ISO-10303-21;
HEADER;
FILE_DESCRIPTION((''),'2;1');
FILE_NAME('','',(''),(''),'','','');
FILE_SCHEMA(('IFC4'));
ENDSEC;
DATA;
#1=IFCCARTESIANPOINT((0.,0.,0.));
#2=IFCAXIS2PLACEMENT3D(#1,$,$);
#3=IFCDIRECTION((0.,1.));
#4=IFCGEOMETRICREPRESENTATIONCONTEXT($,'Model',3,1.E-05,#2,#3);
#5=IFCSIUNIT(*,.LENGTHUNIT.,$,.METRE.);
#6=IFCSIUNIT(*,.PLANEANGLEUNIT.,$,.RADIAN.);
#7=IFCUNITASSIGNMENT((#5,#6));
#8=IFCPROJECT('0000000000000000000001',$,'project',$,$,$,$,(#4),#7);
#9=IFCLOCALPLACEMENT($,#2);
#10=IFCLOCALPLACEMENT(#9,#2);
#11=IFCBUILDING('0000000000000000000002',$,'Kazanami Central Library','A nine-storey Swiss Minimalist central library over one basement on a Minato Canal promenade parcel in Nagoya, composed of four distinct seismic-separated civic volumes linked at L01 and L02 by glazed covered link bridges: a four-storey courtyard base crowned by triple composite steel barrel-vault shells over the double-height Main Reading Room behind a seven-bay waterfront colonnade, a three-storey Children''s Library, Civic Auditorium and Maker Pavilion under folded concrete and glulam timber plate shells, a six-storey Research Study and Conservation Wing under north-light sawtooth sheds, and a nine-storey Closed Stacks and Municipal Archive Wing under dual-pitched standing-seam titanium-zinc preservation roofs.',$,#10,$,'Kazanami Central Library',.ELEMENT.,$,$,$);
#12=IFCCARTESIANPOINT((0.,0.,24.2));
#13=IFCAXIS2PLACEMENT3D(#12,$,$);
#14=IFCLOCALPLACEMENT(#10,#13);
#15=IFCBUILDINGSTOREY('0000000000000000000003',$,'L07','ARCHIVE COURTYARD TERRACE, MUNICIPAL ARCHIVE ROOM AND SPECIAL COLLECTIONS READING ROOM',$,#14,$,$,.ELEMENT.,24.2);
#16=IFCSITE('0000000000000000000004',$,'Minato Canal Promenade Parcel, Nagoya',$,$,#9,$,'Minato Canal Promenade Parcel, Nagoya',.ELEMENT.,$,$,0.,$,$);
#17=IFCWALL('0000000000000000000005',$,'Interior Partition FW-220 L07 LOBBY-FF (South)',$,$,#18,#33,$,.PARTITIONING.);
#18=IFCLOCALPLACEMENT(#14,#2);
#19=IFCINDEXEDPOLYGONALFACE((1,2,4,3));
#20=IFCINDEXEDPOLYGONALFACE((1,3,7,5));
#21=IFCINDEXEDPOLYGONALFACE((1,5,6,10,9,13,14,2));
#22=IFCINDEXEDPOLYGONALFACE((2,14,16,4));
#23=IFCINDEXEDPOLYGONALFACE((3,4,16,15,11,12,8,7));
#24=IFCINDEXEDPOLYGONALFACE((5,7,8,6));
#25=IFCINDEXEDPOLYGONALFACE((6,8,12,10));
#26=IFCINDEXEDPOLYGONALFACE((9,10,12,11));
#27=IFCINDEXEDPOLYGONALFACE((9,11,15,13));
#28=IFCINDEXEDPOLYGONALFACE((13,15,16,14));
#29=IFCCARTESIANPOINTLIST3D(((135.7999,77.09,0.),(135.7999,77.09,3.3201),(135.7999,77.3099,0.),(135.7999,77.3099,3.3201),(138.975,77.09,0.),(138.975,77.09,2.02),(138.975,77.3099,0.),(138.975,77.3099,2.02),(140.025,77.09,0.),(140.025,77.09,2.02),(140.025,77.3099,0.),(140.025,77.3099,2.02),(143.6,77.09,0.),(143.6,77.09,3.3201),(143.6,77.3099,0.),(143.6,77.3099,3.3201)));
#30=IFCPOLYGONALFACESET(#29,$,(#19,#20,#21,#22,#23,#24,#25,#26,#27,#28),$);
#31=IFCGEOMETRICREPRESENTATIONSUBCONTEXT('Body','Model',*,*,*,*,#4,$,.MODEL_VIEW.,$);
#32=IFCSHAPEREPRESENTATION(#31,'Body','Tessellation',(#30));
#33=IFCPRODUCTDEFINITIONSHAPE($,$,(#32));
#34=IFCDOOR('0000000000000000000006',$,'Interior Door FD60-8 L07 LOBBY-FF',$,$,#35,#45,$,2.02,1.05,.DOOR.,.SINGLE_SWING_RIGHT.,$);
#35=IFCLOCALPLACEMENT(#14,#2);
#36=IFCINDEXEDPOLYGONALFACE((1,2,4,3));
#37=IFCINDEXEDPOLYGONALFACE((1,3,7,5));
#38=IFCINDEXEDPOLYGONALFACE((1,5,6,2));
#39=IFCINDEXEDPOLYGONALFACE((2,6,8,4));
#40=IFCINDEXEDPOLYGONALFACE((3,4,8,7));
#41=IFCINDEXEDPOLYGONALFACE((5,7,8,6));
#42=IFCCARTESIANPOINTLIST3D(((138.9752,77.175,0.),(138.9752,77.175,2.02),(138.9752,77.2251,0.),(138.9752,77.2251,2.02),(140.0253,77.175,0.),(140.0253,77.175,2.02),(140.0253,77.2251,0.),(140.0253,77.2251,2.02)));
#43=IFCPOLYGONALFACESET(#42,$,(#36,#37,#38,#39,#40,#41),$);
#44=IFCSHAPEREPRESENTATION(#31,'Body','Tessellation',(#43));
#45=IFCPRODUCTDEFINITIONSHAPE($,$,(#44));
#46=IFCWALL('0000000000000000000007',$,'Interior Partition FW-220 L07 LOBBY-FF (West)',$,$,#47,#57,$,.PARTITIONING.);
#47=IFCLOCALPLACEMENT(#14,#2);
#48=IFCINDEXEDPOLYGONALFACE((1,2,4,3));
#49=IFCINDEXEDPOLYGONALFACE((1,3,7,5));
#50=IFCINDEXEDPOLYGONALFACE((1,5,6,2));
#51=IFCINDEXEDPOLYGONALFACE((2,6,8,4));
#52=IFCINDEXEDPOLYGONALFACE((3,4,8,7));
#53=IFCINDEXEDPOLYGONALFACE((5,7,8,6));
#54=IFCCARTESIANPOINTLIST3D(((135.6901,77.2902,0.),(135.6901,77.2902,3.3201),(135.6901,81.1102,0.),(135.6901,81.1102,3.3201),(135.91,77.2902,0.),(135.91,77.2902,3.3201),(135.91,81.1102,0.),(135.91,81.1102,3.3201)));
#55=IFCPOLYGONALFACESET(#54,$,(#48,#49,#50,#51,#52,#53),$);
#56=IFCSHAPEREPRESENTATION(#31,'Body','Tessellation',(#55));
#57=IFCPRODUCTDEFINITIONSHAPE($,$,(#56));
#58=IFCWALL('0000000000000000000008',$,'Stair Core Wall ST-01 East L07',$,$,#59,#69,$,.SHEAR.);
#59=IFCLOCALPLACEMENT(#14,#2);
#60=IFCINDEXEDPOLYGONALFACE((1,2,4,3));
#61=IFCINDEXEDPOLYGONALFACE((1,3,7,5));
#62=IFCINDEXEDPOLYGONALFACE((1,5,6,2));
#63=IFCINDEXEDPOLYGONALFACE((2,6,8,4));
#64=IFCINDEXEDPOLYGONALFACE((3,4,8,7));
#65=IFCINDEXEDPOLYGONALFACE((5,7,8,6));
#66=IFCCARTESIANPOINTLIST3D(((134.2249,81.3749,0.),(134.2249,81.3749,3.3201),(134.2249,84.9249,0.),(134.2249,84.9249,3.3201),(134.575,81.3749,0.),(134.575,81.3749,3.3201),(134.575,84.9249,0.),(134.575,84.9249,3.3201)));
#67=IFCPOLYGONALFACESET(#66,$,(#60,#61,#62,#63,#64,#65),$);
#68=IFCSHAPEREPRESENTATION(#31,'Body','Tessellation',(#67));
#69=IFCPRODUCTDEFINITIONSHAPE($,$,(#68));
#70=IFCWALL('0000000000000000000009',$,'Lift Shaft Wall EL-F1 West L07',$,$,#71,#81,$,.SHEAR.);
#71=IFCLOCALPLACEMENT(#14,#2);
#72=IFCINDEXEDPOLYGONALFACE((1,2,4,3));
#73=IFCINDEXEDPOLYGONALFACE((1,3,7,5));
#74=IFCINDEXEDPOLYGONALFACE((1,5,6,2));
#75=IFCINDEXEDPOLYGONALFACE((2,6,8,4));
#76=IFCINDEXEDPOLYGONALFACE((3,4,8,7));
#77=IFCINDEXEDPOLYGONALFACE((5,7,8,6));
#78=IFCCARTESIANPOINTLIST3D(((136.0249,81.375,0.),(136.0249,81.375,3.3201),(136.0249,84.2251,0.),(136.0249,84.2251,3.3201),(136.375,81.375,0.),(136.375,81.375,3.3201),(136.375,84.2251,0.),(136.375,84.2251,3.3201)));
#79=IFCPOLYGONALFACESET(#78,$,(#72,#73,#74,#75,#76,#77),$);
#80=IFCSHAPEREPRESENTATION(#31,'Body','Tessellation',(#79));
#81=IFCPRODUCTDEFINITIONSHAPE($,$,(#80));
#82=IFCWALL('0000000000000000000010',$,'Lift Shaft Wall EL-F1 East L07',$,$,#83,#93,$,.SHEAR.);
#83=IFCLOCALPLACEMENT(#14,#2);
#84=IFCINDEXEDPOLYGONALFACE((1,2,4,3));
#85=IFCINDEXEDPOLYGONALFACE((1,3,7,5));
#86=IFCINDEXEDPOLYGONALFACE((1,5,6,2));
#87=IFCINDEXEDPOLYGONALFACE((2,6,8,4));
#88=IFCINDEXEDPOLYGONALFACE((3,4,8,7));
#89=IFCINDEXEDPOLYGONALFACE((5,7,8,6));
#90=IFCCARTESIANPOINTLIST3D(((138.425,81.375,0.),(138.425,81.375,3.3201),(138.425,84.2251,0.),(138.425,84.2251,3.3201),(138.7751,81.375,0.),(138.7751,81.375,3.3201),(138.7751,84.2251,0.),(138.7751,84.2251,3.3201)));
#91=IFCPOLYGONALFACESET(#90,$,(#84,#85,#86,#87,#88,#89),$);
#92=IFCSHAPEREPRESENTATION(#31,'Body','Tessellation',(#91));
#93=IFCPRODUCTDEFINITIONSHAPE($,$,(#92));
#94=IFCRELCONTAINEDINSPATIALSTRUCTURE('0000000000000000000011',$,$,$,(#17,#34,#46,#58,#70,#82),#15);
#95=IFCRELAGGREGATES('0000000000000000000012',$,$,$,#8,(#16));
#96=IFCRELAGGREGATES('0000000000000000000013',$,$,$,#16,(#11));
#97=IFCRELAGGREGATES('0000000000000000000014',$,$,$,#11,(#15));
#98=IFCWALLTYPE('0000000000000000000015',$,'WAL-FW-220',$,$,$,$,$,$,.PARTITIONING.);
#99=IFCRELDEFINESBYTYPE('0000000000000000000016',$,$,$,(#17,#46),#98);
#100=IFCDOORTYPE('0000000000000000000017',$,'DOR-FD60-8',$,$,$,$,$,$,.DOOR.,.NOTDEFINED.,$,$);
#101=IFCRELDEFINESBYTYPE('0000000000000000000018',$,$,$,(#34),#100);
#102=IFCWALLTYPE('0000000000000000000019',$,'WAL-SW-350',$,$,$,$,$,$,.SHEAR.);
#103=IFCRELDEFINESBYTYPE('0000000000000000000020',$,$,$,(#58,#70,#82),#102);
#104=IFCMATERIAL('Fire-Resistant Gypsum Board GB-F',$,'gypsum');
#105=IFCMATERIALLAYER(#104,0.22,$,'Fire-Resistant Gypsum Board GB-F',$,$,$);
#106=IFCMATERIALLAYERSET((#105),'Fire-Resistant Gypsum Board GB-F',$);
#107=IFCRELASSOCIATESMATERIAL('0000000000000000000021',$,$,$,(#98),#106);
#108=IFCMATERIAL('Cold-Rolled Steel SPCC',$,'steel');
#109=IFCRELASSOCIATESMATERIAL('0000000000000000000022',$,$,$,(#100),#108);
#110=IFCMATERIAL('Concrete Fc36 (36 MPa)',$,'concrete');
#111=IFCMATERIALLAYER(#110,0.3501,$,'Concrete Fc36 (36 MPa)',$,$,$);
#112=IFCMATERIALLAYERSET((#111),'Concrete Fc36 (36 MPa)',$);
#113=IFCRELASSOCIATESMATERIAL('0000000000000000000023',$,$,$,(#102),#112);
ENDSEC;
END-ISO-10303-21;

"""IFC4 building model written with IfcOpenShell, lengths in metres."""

from ifc_helpers import new_model, si_unit, direction, frame, frame_2d, origin, place, context, subcontext, project, spatial, rectangle, extrude, material, layer, layer_set, type_object, element, fill, save


model = new_model("IFC4")

# Units and contexts
model_context = context("Model", 3, precision=1e-05, world=origin(), true_north=direction((0.0, 1.0)))
body_context = subcontext(model_context, "Body", "Model", "MODEL_VIEW")
ifc_project = project(units=[si_unit("LENGTHUNIT", "METRE"), si_unit("PLANEANGLEUNIT", "RADIAN")], contexts=[model_context])

# Site, building, storey
site_placement = place(None, origin())
site = spatial("IfcSite", under=ifc_project, at=site_placement, Name="Minato Canal Promenade Parcel, Nagoya", LongName="Minato Canal Promenade Parcel, Nagoya", CompositionType="ELEMENT", RefElevation=0.0)
building_placement = place(site_placement, origin())
building = spatial("IfcBuilding", under=site, at=building_placement, Name="Kazanami Central Library", Description="A nine-storey Swiss Minimalist central library over one basement on a Minato Canal promenade parcel in Nagoya, composed of four distinct seismic-separated civic volumes linked at L01 and L02 by glazed covered link bridges: a four-storey courtyard base crowned by triple composite steel barrel-vault shells over the double-height Main Reading Room behind a seven-bay waterfront colonnade, a three-storey Children's Library, Civic Auditorium and Maker Pavilion under folded concrete and glulam timber plate shells, a six-storey Research Study and Conservation Wing under north-light sawtooth sheds, and a nine-storey Closed Stacks and Municipal Archive Wing under dual-pitched standing-seam titanium-zinc preservation roofs.", LongName="Kazanami Central Library", CompositionType="ELEMENT")
storey_placement = place(building_placement, frame((0.0, 0.0, 24.2)))
storey = spatial("IfcBuildingStorey", under=building, at=storey_placement, Name="L07", Description="ARCHIVE COURTYARD TERRACE, MUNICIPAL ARCHIVE ROOM AND SPECIAL COLLECTIONS READING ROOM", CompositionType="ELEMENT", Elevation=24.2)

# Shared definitions
ifc_material_1 = material(Name="Fire-Resistant Gypsum Board GB-F", Category="gypsum")
ifc_layer_1 = layer(ifc_material_1, 0.22, Name="Fire-Resistant Gypsum Board GB-F")
ifc_layer_set_1 = layer_set([ifc_layer_1], Name="Fire-Resistant Gypsum Board GB-F")
wall_type_1 = type_object("IfcWallType", Name="WAL-FW-220", PredefinedType="PARTITIONING", material=ifc_layer_set_1)

# Wall, opening, door
wall_1_placement = place(storey_placement, frame((135.8, 77.2, 0.0), z_axis=(0.0, 0.0, 1.0), x_axis=(1.0, 0.0, 0.0)))
wall_1 = element("IfcWall", 1, at=wall_1_placement, inside=storey, type_object=wall_type_1, Name="Interior Partition FW-220 L07 LOBBY-FF (South)", PredefinedType="PARTITIONING", context=body_context, shape_type="SweptSolid", body=[
    extrude(rectangle(XDim=7.8, YDim=0.22, at=frame_2d((3.8999, 0.0))), origin(), (0.0, 0.0, 1.0), 3.3201),
])
opening_1_placement = place(wall_1_placement, frame((3.175, 0.0, 0.0)))
opening_1 = element("IfcOpeningElement", 2, at=opening_1_placement, cuts=wall_1, PredefinedType="OPENING", context=body_context, shape_type="SweptSolid", body=[
    extrude(rectangle(XDim=1.05, YDim=2.02, at=frame_2d((0.5249, 1.01))), frame((0.0, 0.1221, 0.0), z_axis=(0.0, -1.0, 0.0), x_axis=(1.0, 0.0, 0.0)), (0.0, 0.0, 1.0), 0.2439),
])
ifc_material_2 = material(Name="Cold-Rolled Steel SPCC", Category="steel")
door_type_1 = type_object("IfcDoorType", Name="DOR-FD60-8", OperationType="NOTDEFINED", PredefinedType="DOOR", material=ifc_material_2)
door_1_placement = place(opening_1_placement, frame((1.05, 0.0, 0.0), z_axis=(0.0, 0.0, 1.0), x_axis=(-1.0, 0.0, 0.0)))
door_1 = element("IfcDoor", 3, at=door_1_placement, inside=storey, type_object=door_type_1, Name="Interior Door FD60-8 L07 LOBBY-FF", OperationType="SINGLE_SWING_RIGHT", OverallHeight=2.02, OverallWidth=1.05, PredefinedType="DOOR", context=body_context, shape_type="SweptSolid", body=[
    extrude(rectangle(XDim=1.05, YDim=2.02, at=frame_2d((0.5249, 1.01))), frame((0.0, 0.0249, 0.0), z_axis=(0.0, -1.0, 0.0), x_axis=(1.0, 0.0, 0.0)), (0.0, 0.0, 1.0), 0.05),
])
fill(opening_1, door_1)

# Walls
wall_2_placement = place(storey_placement, frame((135.8, 77.29, 0.0), z_axis=(0.0, 0.0, 1.0), x_axis=(0.0, 1.0, 0.0)))
element("IfcWall", 4, at=wall_2_placement, inside=storey, type_object=wall_type_1, Name="Interior Partition FW-220 L07 LOBBY-FF (West)", PredefinedType="PARTITIONING", context=body_context, shape_type="SweptSolid", body=[
    extrude(rectangle(XDim=3.8201, YDim=0.22, at=frame_2d((1.9102, 0.0))), origin(), (0.0, 0.0, 1.0), 3.3201),
])
ifc_material_3 = material(Name="Concrete Fc36 (36 MPa)", Category="concrete")
ifc_layer_2 = layer(ifc_material_3, 0.3501, Name="Concrete Fc36 (36 MPa)")
ifc_layer_set_2 = layer_set([ifc_layer_2], Name="Concrete Fc36 (36 MPa)")
wall_type_2 = type_object("IfcWallType", Name="WAL-SW-350", PredefinedType="SHEAR", material=ifc_layer_set_2)
wall_3_placement = place(storey_placement, frame((134.3999, 81.375, 0.0), z_axis=(0.0, 0.0, 1.0), x_axis=(0.0, 1.0, 0.0)))
element("IfcWall", 5, at=wall_3_placement, inside=storey, type_object=wall_type_2, Name="Stair Core Wall ST-01 East L07", PredefinedType="SHEAR", context=body_context, shape_type="SweptSolid", body=[
    extrude(rectangle(XDim=3.55, YDim=0.3501, at=frame_2d((1.7749, 0.0))), origin(), (0.0, 0.0, 1.0), 3.3201),
])

# Walls
for number, where, z_axis, x_axis, name in (
    (6, (136.2, 81.375, 0.0), (0.0, 0.0, 1.0), (0.0, 1.0, 0.0), "Lift Shaft Wall EL-F1 West L07"),
    (7, (138.6001, 81.375, 0.0), (0.0, 0.0, 1.0), (0.0, 1.0, 0.0), "Lift Shaft Wall EL-F1 East L07"),
):
    element("IfcWall", number, at=place(storey_placement, frame(where, z_axis=z_axis, x_axis=x_axis)), inside=storey, type_object=wall_type_2, Name=name, PredefinedType="SHEAR", context=body_context, shape_type="SweptSolid", body=[
        extrude(rectangle(XDim=2.8501, YDim=0.3501, at=frame_2d((1.425, 0.0))), origin(), (0.0, 0.0, 1.0), 3.3201),
    ])

save(model, "model.ifc")
